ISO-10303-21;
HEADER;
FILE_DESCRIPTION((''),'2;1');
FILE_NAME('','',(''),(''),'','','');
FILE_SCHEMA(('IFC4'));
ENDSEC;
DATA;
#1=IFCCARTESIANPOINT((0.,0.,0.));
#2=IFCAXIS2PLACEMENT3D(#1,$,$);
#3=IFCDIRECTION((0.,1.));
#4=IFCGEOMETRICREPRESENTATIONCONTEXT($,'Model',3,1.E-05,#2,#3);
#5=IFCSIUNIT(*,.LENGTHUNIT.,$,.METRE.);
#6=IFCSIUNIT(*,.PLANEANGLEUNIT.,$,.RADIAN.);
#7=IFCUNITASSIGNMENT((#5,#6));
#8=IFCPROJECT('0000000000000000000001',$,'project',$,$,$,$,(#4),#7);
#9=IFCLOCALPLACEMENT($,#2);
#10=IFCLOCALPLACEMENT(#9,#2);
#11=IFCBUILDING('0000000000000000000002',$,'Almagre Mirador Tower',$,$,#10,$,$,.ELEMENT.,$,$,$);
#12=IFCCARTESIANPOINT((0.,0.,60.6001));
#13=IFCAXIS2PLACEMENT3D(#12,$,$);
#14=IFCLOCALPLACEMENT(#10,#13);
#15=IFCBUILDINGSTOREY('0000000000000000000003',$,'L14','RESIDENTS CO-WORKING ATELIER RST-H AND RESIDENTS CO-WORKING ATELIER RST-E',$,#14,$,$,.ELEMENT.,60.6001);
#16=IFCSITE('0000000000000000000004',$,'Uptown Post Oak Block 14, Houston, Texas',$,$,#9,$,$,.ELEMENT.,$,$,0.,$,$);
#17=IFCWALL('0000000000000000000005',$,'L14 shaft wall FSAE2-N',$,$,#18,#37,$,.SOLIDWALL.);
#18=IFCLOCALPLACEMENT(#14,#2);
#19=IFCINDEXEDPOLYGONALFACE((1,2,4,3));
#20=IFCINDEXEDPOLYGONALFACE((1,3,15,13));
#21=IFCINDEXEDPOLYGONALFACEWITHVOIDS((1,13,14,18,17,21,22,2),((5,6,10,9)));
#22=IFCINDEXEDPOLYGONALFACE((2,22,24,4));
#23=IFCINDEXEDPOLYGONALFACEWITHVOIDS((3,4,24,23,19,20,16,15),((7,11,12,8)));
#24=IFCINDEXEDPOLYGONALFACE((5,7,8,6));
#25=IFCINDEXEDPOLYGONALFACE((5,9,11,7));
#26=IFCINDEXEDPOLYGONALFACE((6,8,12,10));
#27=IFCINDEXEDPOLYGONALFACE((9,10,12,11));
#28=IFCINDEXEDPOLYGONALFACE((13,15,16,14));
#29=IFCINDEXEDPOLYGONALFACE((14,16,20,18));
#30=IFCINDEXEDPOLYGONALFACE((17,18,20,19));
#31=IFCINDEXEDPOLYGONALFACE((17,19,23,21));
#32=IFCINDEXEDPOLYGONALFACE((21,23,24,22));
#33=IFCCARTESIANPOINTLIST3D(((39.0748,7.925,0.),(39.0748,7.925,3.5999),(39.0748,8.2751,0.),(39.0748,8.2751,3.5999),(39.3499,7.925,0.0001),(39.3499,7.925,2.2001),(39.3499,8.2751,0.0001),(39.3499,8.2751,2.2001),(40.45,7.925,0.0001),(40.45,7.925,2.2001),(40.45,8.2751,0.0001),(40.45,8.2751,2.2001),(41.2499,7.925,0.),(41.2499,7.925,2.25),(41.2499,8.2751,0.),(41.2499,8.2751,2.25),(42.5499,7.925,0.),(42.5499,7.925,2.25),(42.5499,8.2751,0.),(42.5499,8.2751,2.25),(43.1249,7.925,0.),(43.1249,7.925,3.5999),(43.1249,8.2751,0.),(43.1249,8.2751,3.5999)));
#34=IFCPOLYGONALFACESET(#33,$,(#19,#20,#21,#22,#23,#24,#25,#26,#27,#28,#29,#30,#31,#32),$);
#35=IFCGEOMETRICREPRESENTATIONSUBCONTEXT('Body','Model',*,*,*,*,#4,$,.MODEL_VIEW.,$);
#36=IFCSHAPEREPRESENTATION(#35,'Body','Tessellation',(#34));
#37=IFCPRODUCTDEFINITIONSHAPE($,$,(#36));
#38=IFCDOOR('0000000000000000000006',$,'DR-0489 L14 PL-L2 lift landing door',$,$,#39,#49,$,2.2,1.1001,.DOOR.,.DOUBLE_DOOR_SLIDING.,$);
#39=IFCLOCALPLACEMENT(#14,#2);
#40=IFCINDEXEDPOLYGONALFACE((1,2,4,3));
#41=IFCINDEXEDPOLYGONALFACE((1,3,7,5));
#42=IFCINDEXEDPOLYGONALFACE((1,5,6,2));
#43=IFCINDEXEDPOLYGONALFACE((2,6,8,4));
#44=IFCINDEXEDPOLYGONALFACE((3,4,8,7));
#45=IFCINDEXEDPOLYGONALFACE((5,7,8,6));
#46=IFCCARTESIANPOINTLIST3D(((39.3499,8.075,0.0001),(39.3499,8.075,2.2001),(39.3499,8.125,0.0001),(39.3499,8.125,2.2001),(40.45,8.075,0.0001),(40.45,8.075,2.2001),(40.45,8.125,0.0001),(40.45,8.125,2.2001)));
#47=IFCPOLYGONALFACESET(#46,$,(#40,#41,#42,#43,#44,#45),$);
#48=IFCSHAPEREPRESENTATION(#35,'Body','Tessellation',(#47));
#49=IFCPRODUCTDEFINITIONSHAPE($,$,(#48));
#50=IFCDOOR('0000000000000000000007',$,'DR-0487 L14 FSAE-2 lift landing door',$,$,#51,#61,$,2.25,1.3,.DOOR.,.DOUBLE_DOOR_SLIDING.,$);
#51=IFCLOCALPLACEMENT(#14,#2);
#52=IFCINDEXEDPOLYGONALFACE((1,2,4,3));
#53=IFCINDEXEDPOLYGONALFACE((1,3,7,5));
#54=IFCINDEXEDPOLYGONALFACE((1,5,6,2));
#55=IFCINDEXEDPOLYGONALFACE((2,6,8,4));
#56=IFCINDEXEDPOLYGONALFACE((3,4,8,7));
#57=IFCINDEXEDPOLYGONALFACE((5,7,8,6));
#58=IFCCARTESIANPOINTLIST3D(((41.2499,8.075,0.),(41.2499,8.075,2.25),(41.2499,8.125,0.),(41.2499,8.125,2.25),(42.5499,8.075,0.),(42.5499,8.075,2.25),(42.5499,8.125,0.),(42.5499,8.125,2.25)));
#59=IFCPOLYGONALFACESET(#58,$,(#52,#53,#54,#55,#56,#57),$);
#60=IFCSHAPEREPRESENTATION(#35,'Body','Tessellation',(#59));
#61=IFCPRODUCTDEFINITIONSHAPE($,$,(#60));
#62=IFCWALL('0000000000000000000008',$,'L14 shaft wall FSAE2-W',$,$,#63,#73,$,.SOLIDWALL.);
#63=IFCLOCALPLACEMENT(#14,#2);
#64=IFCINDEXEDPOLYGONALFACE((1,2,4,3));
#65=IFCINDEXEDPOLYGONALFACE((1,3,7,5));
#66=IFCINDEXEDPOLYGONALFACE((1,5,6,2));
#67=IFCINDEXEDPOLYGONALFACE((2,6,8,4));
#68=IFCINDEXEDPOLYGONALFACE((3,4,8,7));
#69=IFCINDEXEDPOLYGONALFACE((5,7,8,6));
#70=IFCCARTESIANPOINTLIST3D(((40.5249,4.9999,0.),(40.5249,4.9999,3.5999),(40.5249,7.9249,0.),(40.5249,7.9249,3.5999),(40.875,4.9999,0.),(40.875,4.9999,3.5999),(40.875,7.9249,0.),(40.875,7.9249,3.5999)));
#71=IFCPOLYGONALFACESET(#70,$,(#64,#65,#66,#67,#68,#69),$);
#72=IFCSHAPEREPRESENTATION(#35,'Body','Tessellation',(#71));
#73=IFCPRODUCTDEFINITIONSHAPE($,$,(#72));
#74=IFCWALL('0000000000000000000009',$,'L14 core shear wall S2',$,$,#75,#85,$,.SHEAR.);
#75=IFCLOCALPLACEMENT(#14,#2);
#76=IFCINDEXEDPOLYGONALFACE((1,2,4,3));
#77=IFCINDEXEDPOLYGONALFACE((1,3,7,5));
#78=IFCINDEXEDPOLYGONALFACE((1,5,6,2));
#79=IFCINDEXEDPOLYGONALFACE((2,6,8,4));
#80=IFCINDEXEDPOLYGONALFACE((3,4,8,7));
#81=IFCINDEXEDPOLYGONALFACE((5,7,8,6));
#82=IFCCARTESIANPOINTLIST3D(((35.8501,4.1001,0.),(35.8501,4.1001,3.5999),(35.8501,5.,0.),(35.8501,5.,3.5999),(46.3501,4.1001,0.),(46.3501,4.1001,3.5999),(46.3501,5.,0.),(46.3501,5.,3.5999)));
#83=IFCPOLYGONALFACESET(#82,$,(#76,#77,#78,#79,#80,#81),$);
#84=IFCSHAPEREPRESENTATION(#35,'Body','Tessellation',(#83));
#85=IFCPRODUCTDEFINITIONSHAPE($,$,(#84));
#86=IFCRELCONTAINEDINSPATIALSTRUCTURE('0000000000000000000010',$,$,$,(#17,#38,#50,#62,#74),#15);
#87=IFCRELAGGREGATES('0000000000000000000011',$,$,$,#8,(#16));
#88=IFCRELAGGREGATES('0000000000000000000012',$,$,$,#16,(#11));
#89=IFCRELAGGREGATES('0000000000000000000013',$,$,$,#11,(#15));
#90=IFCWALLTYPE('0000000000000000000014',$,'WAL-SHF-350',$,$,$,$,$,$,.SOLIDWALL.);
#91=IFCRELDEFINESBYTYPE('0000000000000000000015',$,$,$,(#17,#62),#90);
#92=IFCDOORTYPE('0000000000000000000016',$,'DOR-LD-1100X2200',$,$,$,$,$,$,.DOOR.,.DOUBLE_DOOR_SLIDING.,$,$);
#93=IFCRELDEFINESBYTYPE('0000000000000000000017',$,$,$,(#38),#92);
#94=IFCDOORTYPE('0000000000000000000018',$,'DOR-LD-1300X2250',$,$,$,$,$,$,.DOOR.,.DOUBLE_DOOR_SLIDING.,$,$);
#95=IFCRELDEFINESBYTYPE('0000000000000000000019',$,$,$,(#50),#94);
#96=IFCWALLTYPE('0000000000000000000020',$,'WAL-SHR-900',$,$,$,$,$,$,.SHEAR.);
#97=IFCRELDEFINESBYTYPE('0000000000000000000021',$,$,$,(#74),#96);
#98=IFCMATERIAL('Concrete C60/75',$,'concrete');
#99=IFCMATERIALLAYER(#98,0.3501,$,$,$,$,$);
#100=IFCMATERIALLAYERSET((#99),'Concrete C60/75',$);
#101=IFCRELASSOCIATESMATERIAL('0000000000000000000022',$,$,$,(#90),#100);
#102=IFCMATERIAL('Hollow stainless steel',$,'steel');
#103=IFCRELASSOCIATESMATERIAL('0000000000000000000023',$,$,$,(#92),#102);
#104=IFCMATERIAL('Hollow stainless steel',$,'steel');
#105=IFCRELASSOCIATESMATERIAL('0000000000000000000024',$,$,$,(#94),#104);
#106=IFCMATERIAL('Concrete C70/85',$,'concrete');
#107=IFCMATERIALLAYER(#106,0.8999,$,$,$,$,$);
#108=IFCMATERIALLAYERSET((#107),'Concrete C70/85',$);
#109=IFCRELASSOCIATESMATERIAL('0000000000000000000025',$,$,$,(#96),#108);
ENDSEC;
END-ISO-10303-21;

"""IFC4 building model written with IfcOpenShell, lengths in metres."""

from ifc_helpers import new_model, si_unit, direction, frame, frame_2d, origin, place, context, subcontext, project, spatial, rectangle, extrude, material, layer, layer_set, type_object, element, fill, save


model = new_model("IFC4")

# Units and contexts
model_context = context("Model", 3, precision=1e-05, world=origin(), true_north=direction((0.0, 1.0)))
body_context = subcontext(model_context, "Body", "Model", "MODEL_VIEW")
ifc_project = project(units=[si_unit("LENGTHUNIT", "METRE"), si_unit("PLANEANGLEUNIT", "RADIAN")], contexts=[model_context])

# Site, building, storey
site_placement = place(None, origin())
site = spatial("IfcSite", under=ifc_project, at=site_placement, Name="Uptown Post Oak Block 14, Houston, Texas", CompositionType="ELEMENT", RefElevation=0.0)
building_placement = place(site_placement, origin())
building = spatial("IfcBuilding", under=site, at=building_placement, Name="Almagre Mirador Tower", CompositionType="ELEMENT")
storey_placement = place(building_placement, frame((0.0, 0.0, 60.6001)))
storey = spatial("IfcBuildingStorey", under=building, at=storey_placement, Name="L14", Description="RESIDENTS CO-WORKING ATELIER RST-H AND RESIDENTS CO-WORKING ATELIER RST-E", CompositionType="ELEMENT", Elevation=60.6001)

# Shared definitions
ifc_material_1 = material(Name="Concrete C60/75", Category="concrete")
ifc_layer_1 = layer(ifc_material_1, 0.3501)
ifc_layer_set_1 = layer_set([ifc_layer_1], Name="Concrete C60/75")
wall_type_1 = type_object("IfcWallType", Name="WAL-SHF-350", PredefinedType="SOLIDWALL", material=ifc_layer_set_1)

# Wall, openings, doors
wall_1_placement = place(storey_placement, frame((39.075, 8.1001, 0.0), z_axis=(0.0, 0.0, 1.0), x_axis=(1.0, 0.0, 0.0)))
wall_1 = element("IfcWall", 1, at=wall_1_placement, inside=storey, type_object=wall_type_1, Name="L14 shaft wall FSAE2-N", PredefinedType="SOLIDWALL", context=body_context, shape_type="SweptSolid", body=[
    extrude(rectangle(XDim=4.05, YDim=0.3501, at=frame_2d((2.0249, 0.0))), origin(), (0.0, 0.0, 1.0), 3.5999),
])
opening_1_placement = place(wall_1_placement, frame((2.175, 0.0, 0.0)))
opening_1 = element("IfcOpeningElement", 2, at=opening_1_placement, cuts=wall_1, PredefinedType="OPENING", context=body_context, shape_type="SweptSolid", body=[
    extrude(rectangle(XDim=1.3, YDim=2.25, at=frame_2d((0.6499, 1.125))), frame((0.0, 0.185, 0.0), z_axis=(0.0, -1.0, 0.0), x_axis=(1.0, 0.0, 0.0)), (0.0, 0.0, 1.0), 0.3701),
])
opening_2_placement = place(wall_1_placement, frame((0.2749, 0.0, 0.0)))
opening_2 = element("IfcOpeningElement", 3, at=opening_2_placement, cuts=wall_1, PredefinedType="OPENING", context=body_context, shape_type="SweptSolid", body=[
    extrude(rectangle(XDim=1.1001, YDim=2.2, at=frame_2d((0.55, 1.1001))), frame((0.0, 0.185, 0.0), z_axis=(0.0, -1.0, 0.0), x_axis=(1.0, 0.0, 0.0)), (0.0, 0.0, 1.0), 0.3701),
])
ifc_material_2 = material(Name="Hollow stainless steel", Category="steel")
door_type_1 = type_object("IfcDoorType", Name="DOR-LD-1100X2200", OperationType="DOUBLE_DOOR_SLIDING", PredefinedType="DOOR", material=ifc_material_2)
door_1_placement = place(opening_2_placement, origin())
door_1 = element("IfcDoor", 4, at=door_1_placement, inside=storey, type_object=door_type_1, Name="DR-0489 L14 PL-L2 lift landing door", OperationType="DOUBLE_DOOR_SLIDING", OverallHeight=2.2, OverallWidth=1.1001, PredefinedType="DOOR", context=body_context, shape_type="SweptSolid", body=[
    extrude(rectangle(XDim=1.1001, YDim=2.2, at=frame_2d((0.55, 1.1001))), frame((0.0, 0.0249, 0.0), z_axis=(0.0, -1.0, 0.0), x_axis=(1.0, 0.0, 0.0)), (0.0, 0.0, 1.0), 0.05),
])
fill(opening_2, door_1)
ifc_material_3 = material(Name="Hollow stainless steel", Category="steel")
door_type_2 = type_object("IfcDoorType", Name="DOR-LD-1300X2250", OperationType="DOUBLE_DOOR_SLIDING", PredefinedType="DOOR", material=ifc_material_3)
door_2_placement = place(opening_1_placement, origin())
door_2 = element("IfcDoor", 5, at=door_2_placement, inside=storey, type_object=door_type_2, Name="DR-0487 L14 FSAE-2 lift landing door", OperationType="DOUBLE_DOOR_SLIDING", OverallHeight=2.25, OverallWidth=1.3, PredefinedType="DOOR", context=body_context, shape_type="SweptSolid", body=[
    extrude(rectangle(XDim=1.3, YDim=2.25, at=frame_2d((0.6499, 1.125))), frame((0.0, 0.0249, 0.0), z_axis=(0.0, -1.0, 0.0), x_axis=(1.0, 0.0, 0.0)), (0.0, 0.0, 1.0), 0.05),
])
fill(opening_1, door_2)

# Walls
wall_2_placement = place(storey_placement, frame((40.7, 5.0, 0.0), z_axis=(0.0, 0.0, 1.0), x_axis=(0.0, 1.0, 0.0)))
element("IfcWall", 6, at=wall_2_placement, inside=storey, type_object=wall_type_1, Name="L14 shaft wall FSAE2-W", PredefinedType="SOLIDWALL", context=body_context, shape_type="SweptSolid", body=[
    extrude(rectangle(XDim=2.925, YDim=0.3501, at=frame_2d((1.4624, 0.0))), origin(), (0.0, 0.0, 1.0), 3.5999),
])
ifc_material_4 = material(Name="Concrete C70/85", Category="concrete")
ifc_layer_2 = layer(ifc_material_4, 0.8999)
ifc_layer_set_2 = layer_set([ifc_layer_2], Name="Concrete C70/85")
wall_type_2 = type_object("IfcWallType", Name="WAL-SHR-900", PredefinedType="SHEAR", material=ifc_layer_set_2)
wall_3_placement = place(storey_placement, frame((35.8501, 4.55, 0.0), z_axis=(0.0, 0.0, 1.0), x_axis=(1.0, 0.0, 0.0)))
element("IfcWall", 7, at=wall_3_placement, inside=storey, type_object=wall_type_2, Name="L14 core shear wall S2", PredefinedType="SHEAR", context=body_context, shape_type="SweptSolid", body=[
    extrude(rectangle(XDim=10.5, YDim=0.8999, at=frame_2d((5.25, 0.0))), origin(), (0.0, 0.0, 1.0), 3.5999),
])

save(model, "model.ifc")
